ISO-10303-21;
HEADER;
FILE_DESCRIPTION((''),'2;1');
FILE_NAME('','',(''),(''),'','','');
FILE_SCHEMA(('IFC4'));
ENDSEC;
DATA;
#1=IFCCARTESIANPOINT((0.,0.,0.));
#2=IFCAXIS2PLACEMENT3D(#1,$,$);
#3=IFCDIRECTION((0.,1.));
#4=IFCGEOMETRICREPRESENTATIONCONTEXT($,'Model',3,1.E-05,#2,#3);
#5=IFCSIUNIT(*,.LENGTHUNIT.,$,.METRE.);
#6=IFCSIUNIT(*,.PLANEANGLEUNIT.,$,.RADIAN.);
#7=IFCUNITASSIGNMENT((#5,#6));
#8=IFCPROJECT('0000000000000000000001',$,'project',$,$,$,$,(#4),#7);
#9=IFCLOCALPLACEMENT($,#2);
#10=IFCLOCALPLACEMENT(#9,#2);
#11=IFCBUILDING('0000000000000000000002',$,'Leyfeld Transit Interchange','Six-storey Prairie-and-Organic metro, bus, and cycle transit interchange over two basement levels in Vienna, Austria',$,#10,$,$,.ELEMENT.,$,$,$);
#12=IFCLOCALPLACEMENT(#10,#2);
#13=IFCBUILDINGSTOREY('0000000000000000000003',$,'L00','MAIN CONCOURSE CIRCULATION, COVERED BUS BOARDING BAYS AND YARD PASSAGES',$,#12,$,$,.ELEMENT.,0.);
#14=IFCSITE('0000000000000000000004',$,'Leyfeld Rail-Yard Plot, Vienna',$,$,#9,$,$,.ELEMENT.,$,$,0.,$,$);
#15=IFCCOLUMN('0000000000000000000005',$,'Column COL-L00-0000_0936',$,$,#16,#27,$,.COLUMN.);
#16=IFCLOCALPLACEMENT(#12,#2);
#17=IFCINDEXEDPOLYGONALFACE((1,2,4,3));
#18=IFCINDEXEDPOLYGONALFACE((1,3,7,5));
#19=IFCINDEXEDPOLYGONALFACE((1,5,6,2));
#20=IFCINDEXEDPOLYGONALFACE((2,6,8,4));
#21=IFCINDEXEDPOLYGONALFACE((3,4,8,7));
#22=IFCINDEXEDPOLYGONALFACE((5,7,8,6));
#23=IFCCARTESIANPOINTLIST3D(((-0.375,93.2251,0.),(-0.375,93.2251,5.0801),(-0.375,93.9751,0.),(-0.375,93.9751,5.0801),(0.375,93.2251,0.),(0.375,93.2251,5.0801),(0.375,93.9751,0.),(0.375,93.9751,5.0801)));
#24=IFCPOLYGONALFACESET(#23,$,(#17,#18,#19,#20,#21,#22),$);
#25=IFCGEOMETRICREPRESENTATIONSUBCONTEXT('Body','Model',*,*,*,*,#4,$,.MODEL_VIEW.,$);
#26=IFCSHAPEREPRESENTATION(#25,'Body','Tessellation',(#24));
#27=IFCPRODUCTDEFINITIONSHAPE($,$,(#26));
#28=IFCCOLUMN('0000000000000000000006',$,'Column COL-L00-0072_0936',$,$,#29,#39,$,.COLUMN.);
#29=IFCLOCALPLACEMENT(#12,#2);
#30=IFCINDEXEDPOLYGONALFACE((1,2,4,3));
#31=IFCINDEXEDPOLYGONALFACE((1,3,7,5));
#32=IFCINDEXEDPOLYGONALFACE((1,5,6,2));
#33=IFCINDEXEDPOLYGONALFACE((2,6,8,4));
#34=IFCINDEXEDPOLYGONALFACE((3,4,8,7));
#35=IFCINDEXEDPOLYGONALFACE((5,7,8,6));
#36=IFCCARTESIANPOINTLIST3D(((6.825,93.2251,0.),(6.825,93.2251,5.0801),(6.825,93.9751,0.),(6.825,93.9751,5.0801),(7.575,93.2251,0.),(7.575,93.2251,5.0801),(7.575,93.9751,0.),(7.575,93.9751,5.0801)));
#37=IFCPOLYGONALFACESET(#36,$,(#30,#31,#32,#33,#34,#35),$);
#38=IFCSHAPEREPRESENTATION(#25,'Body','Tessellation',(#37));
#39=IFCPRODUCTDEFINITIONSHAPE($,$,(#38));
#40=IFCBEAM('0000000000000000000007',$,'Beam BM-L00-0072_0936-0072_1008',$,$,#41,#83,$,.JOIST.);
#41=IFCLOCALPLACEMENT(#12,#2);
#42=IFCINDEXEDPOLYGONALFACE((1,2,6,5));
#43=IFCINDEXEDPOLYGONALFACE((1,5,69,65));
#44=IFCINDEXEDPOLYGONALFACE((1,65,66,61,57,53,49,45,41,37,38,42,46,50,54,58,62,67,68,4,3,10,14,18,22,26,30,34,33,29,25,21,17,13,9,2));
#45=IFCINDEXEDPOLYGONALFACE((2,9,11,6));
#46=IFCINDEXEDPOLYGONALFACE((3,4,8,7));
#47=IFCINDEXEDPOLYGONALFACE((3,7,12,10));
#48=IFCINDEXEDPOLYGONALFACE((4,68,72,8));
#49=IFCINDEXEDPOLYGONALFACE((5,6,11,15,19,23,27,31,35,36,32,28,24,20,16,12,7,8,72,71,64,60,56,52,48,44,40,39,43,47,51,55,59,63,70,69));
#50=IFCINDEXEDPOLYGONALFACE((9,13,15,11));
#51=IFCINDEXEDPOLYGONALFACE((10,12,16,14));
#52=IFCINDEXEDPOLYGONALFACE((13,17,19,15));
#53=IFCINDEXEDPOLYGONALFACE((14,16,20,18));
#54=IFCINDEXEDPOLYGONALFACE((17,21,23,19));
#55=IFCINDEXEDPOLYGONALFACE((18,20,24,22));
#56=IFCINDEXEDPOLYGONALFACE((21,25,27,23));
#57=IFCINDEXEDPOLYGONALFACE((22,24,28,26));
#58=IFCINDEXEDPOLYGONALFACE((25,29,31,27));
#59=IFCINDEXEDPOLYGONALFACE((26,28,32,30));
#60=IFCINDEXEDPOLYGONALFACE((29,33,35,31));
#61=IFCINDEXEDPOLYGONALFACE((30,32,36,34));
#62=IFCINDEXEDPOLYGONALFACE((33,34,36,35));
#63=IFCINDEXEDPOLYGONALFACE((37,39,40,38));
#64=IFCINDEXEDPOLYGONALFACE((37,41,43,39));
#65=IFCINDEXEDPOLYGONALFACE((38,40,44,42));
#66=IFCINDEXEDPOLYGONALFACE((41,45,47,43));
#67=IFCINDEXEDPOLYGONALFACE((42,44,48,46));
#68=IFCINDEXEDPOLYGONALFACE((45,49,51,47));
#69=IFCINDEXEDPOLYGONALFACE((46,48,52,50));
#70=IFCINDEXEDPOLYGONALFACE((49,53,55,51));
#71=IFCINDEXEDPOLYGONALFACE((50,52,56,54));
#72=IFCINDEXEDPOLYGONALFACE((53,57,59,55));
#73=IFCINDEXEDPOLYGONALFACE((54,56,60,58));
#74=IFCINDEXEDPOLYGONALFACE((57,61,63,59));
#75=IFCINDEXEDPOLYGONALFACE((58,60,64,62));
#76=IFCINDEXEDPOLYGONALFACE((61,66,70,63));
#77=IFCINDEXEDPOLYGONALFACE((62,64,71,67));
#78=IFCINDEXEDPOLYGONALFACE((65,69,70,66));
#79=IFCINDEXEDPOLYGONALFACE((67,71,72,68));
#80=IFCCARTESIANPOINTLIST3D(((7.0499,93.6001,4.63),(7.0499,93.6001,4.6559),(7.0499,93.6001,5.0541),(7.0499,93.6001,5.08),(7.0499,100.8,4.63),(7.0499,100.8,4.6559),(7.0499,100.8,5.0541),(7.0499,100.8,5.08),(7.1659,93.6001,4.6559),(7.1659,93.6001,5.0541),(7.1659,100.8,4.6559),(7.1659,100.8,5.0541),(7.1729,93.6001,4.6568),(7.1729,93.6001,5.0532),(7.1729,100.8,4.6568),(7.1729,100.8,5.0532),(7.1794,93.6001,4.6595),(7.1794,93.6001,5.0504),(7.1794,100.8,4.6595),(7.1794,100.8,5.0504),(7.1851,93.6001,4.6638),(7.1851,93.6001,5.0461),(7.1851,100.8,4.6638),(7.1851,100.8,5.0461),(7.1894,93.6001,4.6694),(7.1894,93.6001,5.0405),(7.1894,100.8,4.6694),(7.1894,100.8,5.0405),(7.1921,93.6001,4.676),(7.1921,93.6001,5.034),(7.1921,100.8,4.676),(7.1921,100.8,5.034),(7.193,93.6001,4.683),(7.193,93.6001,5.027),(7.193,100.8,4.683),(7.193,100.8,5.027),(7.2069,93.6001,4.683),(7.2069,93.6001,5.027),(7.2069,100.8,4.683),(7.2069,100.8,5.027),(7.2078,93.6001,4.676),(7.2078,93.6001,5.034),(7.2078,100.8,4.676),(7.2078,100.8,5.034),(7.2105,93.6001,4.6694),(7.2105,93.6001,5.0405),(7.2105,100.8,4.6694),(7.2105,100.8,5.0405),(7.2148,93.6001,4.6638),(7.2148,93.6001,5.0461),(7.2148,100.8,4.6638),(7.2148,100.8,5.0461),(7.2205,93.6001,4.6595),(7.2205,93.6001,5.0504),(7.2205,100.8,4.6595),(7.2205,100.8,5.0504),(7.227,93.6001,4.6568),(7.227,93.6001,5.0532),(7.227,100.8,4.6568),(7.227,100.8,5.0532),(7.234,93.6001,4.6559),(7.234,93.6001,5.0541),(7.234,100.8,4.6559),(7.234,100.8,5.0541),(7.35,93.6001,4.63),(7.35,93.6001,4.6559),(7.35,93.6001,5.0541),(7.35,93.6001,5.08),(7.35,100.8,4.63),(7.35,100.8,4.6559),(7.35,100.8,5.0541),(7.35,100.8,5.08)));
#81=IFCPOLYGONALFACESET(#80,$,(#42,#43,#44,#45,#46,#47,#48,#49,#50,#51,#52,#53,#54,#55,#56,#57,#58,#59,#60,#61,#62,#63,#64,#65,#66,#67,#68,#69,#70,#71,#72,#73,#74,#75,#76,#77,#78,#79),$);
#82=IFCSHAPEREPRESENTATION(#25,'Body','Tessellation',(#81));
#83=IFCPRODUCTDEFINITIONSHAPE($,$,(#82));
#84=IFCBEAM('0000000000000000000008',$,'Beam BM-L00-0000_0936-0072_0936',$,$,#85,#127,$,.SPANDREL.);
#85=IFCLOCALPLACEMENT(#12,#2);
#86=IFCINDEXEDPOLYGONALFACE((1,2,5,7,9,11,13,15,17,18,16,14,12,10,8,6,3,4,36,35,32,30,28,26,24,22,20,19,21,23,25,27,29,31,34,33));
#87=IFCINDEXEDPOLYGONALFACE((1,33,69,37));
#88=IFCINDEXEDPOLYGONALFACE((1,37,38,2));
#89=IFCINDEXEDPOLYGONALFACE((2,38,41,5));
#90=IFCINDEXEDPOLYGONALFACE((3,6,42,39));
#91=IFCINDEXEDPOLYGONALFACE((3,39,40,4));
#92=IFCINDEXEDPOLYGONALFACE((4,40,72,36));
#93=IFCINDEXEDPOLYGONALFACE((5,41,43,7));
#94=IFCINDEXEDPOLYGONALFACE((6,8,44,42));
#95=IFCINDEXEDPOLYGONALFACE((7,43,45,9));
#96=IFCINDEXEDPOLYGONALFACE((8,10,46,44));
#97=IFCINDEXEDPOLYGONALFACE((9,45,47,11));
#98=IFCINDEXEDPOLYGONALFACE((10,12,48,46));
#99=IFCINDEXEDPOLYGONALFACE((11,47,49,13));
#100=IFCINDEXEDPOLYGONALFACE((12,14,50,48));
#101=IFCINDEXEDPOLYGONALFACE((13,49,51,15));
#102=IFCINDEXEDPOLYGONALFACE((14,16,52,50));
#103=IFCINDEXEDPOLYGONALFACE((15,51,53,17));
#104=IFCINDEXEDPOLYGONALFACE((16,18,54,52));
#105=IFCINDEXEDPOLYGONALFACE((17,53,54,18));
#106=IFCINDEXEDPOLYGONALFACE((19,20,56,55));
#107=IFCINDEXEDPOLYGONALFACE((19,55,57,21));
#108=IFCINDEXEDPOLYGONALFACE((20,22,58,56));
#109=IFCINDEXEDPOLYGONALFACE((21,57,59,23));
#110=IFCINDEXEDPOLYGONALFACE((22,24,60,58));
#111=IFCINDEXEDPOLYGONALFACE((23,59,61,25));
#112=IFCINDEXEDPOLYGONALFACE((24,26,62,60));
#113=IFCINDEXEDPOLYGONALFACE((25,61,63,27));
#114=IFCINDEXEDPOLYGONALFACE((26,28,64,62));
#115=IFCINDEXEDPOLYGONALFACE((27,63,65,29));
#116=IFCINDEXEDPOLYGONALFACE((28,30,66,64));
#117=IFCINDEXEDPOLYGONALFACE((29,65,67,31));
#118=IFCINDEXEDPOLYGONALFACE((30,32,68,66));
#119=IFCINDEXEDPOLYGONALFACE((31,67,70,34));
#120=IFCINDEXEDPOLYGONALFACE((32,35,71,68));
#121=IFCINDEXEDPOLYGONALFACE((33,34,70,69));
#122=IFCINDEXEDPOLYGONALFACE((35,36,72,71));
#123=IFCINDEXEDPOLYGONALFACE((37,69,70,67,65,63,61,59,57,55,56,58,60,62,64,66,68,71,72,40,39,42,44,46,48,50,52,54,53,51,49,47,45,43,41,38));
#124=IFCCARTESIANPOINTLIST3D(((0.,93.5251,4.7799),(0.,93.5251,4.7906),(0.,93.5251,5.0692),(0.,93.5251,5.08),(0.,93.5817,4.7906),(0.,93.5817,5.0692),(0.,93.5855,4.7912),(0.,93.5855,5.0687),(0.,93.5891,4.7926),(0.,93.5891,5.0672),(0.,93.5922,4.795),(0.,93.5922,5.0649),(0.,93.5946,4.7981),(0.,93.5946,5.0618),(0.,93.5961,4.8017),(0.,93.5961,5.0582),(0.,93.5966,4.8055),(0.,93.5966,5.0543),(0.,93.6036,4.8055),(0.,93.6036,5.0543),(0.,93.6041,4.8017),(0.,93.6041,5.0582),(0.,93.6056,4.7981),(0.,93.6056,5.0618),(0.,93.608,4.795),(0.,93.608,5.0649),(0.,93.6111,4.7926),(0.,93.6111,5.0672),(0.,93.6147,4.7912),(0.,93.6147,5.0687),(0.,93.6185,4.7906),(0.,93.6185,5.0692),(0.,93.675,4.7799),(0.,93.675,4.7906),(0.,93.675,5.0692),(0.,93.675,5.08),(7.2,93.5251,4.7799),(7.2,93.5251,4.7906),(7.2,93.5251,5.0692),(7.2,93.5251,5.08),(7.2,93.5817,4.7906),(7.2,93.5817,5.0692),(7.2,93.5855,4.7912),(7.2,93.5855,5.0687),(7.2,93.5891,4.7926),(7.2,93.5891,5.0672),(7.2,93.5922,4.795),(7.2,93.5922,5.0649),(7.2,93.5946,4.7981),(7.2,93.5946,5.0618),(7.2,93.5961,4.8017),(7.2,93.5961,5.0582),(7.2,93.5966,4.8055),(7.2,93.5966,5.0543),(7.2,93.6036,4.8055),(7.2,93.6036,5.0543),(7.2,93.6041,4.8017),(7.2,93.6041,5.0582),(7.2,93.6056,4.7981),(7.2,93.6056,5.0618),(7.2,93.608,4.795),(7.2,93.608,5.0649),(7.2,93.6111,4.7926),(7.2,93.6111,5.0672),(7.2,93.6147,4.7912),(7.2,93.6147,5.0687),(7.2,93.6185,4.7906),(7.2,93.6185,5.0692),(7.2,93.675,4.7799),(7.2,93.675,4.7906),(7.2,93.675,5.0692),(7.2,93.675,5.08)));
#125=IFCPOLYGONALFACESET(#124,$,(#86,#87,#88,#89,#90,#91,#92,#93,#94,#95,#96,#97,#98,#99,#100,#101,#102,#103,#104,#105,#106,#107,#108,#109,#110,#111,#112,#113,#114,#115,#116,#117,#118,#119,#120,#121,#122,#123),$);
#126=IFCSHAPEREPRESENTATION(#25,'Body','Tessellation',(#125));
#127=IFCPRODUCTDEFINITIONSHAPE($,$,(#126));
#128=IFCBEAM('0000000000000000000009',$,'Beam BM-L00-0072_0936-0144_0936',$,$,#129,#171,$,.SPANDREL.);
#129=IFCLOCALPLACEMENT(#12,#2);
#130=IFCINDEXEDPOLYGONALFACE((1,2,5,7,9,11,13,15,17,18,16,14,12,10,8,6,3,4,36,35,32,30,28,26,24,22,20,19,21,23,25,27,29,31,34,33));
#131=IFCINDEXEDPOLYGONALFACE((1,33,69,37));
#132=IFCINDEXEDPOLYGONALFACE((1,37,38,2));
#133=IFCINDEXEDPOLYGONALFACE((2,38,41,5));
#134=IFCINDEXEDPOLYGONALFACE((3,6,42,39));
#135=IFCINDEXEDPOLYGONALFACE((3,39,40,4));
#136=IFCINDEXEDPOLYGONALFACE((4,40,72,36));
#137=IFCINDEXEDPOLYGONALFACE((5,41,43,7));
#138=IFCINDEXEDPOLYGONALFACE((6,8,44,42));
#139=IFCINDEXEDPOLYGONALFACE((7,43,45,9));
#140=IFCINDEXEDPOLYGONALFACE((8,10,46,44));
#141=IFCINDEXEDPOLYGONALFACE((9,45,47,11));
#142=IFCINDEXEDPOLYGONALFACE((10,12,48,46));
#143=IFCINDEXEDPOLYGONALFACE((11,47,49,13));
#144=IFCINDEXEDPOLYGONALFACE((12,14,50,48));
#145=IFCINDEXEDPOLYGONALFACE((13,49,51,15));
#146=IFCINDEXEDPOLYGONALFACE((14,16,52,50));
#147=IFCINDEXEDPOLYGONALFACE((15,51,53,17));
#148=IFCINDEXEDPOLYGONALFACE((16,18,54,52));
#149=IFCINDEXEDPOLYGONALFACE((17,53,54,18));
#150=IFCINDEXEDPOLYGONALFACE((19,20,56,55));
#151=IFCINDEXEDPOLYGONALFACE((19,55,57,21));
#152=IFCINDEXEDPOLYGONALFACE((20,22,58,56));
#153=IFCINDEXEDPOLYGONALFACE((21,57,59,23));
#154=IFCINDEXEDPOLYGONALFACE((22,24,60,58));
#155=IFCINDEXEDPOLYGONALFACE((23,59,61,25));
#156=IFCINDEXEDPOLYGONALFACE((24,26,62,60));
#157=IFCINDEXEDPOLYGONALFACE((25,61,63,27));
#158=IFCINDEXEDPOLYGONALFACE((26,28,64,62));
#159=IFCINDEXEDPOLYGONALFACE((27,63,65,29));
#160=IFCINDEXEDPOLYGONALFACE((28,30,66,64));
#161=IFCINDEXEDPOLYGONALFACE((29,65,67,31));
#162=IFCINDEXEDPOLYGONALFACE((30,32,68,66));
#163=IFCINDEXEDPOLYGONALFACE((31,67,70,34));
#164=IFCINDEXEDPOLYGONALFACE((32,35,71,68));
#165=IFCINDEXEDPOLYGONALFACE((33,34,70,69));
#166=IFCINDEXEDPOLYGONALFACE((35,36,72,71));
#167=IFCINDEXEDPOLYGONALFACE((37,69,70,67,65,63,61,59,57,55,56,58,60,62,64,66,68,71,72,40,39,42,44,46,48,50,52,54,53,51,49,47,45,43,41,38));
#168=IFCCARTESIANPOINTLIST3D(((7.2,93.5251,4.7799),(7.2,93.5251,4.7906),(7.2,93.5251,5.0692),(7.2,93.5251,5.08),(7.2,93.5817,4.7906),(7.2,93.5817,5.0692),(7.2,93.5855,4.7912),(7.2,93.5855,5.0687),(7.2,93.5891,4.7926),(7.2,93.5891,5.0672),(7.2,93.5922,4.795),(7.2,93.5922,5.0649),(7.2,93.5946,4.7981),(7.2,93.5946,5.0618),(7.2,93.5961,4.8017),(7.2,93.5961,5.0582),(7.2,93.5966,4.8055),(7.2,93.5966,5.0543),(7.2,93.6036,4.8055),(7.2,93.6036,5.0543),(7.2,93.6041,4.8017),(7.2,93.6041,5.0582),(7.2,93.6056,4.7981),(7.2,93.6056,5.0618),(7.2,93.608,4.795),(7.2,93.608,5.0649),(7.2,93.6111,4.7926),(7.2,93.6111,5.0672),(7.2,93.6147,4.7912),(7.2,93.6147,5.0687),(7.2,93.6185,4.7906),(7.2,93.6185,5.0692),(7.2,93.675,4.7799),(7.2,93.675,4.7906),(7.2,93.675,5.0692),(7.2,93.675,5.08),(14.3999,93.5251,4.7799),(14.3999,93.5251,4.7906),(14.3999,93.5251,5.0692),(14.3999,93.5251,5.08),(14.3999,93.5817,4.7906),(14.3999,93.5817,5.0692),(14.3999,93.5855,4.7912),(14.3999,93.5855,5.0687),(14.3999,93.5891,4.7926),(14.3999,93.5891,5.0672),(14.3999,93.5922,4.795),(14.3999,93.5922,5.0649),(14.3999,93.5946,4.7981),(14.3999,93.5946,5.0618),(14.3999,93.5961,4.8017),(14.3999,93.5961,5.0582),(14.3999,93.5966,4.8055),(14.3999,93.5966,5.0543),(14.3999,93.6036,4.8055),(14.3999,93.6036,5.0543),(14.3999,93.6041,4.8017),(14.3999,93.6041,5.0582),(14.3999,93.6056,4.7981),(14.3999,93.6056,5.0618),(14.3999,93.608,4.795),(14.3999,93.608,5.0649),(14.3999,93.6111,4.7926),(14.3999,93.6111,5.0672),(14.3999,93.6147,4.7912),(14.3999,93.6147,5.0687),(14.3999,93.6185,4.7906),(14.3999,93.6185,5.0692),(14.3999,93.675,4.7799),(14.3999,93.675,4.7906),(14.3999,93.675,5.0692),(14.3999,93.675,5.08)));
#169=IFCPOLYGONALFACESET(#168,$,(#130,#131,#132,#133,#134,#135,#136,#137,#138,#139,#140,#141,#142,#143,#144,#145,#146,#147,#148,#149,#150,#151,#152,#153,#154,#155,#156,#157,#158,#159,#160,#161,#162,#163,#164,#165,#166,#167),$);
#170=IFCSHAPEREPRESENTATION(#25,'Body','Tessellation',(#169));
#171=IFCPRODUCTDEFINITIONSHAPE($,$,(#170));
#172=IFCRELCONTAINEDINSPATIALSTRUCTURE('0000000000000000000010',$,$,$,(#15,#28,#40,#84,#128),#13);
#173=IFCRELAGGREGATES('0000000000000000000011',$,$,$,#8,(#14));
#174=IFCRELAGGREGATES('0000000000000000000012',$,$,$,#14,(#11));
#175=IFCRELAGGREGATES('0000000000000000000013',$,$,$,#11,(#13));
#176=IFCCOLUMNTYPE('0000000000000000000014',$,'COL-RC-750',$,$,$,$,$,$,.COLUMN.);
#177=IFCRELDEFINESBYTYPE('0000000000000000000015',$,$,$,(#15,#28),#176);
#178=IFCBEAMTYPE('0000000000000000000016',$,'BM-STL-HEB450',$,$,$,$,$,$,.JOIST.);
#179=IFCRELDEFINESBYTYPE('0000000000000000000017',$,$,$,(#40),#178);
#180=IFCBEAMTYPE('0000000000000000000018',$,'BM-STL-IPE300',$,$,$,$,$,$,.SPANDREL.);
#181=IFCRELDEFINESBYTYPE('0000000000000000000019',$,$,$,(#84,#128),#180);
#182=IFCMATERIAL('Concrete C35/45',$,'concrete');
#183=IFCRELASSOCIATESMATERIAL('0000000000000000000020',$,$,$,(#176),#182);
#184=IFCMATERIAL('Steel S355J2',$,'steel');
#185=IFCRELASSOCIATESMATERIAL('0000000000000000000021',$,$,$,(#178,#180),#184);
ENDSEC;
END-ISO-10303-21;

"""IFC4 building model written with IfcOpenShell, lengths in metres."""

from ifc_helpers import new_model, si_unit, direction, frame, origin, origin_2d, place, context, subcontext, project, spatial, rectangle, i_section, extrude, material, material_profile, profile_set, type_object, element, save


model = new_model("IFC4")

# Units and contexts
model_context = context("Model", 3, precision=1e-05, world=origin(), true_north=direction((0.0, 1.0)))
body_context = subcontext(model_context, "Body", "Model", "MODEL_VIEW")
ifc_project = project(units=[si_unit("LENGTHUNIT", "METRE"), si_unit("PLANEANGLEUNIT", "RADIAN")], contexts=[model_context])

# Site, building, storey
site_placement = place(None, origin())
site = spatial("IfcSite", under=ifc_project, at=site_placement, Name="Leyfeld Rail-Yard Plot, Vienna", CompositionType="ELEMENT", RefElevation=0.0)
building_placement = place(site_placement, origin())
building = spatial("IfcBuilding", under=site, at=building_placement, Name="Leyfeld Transit Interchange", Description="Six-storey Prairie-and-Organic metro, bus, and cycle transit interchange over two basement levels in Vienna, Austria", CompositionType="ELEMENT")
storey_placement = place(building_placement, origin())
storey = spatial("IfcBuildingStorey", under=building, at=storey_placement, Name="L00", Description="MAIN CONCOURSE CIRCULATION, COVERED BUS BOARDING BAYS AND YARD PASSAGES", CompositionType="ELEMENT", Elevation=0.0)

# Columns
ifc_material_1 = material(Name="Concrete C35/45", Category="concrete")
ifc_material_profile_1 = material_profile(ifc_material_1, rectangle(XDim=0.75, YDim=0.75, at=origin_2d()), Name="RC 750x750")
ifc_profile_set_1 = profile_set([ifc_material_profile_1], Name="Concrete C35/45")
column_type = type_object("IfcColumnType", Name="COL-RC-750", PredefinedType="COLUMN", material=ifc_profile_set_1)
for number, where, z_axis, x_axis, name in (
    (1, (0.0, 93.6001, 0.0), (0.0, 0.0, 1.0), (0.0, 1.0, 0.0), "Column COL-L00-0000_0936"),
    (2, (7.2, 93.6001, 0.0), (0.0, 0.0, 1.0), (1.0, 0.0, 0.0), "Column COL-L00-0072_0936"),
):
    element("IfcColumn", number, at=place(storey_placement, frame(where, z_axis=z_axis, x_axis=x_axis)), inside=storey, type_object=column_type, Name=name, PredefinedType="COLUMN", context=body_context, shape_type="SweptSolid", body=[
        extrude(rectangle(XDim=0.75, YDim=0.75, at=origin_2d()), origin(), (0.0, 0.0, 1.0), 5.0801),
    ])

# Beams
ifc_material_2 = material(Name="Steel S355J2", Category="steel")
ifc_material_profile_2 = material_profile(ifc_material_2, i_section(OverallWidth=0.3, OverallDepth=0.45, WebThickness=0.0139, FlangeThickness=0.0259, FilletRadius=0.0271, at=origin_2d()), Name="HEB 450")
ifc_profile_set_2 = profile_set([ifc_material_profile_2], Name="Steel S355J2")
beam_type_1 = type_object("IfcBeamType", Name="BM-STL-HEB450", PredefinedType="JOIST", material=ifc_profile_set_2)
beam_1_placement = place(storey_placement, frame((7.2, 93.6001, 4.855), z_axis=(0.0, 1.0, 0.0), x_axis=(-1.0, 0.0, 0.0)))
element("IfcBeam", 3, at=beam_1_placement, inside=storey, type_object=beam_type_1, Name="Beam BM-L00-0072_0936-0072_1008", PredefinedType="JOIST", context=body_context, shape_type="SweptSolid", body=[
    extrude(i_section(OverallWidth=0.3, OverallDepth=0.45, WebThickness=0.0139, FlangeThickness=0.0259, FilletRadius=0.0271, at=origin_2d()), origin(), (0.0, 0.0, 1.0), 7.2),
])
ifc_material_profile_3 = material_profile(ifc_material_2, i_section(OverallWidth=0.1499, OverallDepth=0.3, WebThickness=0.0071, FlangeThickness=0.0107, FilletRadius=0.0149, at=origin_2d()), Name="IPE 300")
ifc_profile_set_3 = profile_set([ifc_material_profile_3], Name="Steel S355J2")
beam_type_2 = type_object("IfcBeamType", Name="BM-STL-IPE300", PredefinedType="SPANDREL", material=ifc_profile_set_3)
for number, where, z_axis, x_axis, name in (
    (4, (0.0, 93.6001, 4.9299), (1.0, 0.0, 0.0), (0.0, 1.0, 0.0), "Beam BM-L00-0000_0936-0072_0936"),
    (5, (7.2, 93.6001, 4.9299), (1.0, 0.0, 0.0), (0.0, 1.0, 0.0), "Beam BM-L00-0072_0936-0144_0936"),
):
    element("IfcBeam", number, at=place(storey_placement, frame(where, z_axis=z_axis, x_axis=x_axis)), inside=storey, type_object=beam_type_2, Name=name, PredefinedType="SPANDREL", context=body_context, shape_type="SweptSolid", body=[
        extrude(i_section(OverallWidth=0.1499, OverallDepth=0.3, WebThickness=0.0071, FlangeThickness=0.0107, FilletRadius=0.0149, at=origin_2d()), origin(), (0.0, 0.0, 1.0), 7.2),
    ])

save(model, "model.ifc")
